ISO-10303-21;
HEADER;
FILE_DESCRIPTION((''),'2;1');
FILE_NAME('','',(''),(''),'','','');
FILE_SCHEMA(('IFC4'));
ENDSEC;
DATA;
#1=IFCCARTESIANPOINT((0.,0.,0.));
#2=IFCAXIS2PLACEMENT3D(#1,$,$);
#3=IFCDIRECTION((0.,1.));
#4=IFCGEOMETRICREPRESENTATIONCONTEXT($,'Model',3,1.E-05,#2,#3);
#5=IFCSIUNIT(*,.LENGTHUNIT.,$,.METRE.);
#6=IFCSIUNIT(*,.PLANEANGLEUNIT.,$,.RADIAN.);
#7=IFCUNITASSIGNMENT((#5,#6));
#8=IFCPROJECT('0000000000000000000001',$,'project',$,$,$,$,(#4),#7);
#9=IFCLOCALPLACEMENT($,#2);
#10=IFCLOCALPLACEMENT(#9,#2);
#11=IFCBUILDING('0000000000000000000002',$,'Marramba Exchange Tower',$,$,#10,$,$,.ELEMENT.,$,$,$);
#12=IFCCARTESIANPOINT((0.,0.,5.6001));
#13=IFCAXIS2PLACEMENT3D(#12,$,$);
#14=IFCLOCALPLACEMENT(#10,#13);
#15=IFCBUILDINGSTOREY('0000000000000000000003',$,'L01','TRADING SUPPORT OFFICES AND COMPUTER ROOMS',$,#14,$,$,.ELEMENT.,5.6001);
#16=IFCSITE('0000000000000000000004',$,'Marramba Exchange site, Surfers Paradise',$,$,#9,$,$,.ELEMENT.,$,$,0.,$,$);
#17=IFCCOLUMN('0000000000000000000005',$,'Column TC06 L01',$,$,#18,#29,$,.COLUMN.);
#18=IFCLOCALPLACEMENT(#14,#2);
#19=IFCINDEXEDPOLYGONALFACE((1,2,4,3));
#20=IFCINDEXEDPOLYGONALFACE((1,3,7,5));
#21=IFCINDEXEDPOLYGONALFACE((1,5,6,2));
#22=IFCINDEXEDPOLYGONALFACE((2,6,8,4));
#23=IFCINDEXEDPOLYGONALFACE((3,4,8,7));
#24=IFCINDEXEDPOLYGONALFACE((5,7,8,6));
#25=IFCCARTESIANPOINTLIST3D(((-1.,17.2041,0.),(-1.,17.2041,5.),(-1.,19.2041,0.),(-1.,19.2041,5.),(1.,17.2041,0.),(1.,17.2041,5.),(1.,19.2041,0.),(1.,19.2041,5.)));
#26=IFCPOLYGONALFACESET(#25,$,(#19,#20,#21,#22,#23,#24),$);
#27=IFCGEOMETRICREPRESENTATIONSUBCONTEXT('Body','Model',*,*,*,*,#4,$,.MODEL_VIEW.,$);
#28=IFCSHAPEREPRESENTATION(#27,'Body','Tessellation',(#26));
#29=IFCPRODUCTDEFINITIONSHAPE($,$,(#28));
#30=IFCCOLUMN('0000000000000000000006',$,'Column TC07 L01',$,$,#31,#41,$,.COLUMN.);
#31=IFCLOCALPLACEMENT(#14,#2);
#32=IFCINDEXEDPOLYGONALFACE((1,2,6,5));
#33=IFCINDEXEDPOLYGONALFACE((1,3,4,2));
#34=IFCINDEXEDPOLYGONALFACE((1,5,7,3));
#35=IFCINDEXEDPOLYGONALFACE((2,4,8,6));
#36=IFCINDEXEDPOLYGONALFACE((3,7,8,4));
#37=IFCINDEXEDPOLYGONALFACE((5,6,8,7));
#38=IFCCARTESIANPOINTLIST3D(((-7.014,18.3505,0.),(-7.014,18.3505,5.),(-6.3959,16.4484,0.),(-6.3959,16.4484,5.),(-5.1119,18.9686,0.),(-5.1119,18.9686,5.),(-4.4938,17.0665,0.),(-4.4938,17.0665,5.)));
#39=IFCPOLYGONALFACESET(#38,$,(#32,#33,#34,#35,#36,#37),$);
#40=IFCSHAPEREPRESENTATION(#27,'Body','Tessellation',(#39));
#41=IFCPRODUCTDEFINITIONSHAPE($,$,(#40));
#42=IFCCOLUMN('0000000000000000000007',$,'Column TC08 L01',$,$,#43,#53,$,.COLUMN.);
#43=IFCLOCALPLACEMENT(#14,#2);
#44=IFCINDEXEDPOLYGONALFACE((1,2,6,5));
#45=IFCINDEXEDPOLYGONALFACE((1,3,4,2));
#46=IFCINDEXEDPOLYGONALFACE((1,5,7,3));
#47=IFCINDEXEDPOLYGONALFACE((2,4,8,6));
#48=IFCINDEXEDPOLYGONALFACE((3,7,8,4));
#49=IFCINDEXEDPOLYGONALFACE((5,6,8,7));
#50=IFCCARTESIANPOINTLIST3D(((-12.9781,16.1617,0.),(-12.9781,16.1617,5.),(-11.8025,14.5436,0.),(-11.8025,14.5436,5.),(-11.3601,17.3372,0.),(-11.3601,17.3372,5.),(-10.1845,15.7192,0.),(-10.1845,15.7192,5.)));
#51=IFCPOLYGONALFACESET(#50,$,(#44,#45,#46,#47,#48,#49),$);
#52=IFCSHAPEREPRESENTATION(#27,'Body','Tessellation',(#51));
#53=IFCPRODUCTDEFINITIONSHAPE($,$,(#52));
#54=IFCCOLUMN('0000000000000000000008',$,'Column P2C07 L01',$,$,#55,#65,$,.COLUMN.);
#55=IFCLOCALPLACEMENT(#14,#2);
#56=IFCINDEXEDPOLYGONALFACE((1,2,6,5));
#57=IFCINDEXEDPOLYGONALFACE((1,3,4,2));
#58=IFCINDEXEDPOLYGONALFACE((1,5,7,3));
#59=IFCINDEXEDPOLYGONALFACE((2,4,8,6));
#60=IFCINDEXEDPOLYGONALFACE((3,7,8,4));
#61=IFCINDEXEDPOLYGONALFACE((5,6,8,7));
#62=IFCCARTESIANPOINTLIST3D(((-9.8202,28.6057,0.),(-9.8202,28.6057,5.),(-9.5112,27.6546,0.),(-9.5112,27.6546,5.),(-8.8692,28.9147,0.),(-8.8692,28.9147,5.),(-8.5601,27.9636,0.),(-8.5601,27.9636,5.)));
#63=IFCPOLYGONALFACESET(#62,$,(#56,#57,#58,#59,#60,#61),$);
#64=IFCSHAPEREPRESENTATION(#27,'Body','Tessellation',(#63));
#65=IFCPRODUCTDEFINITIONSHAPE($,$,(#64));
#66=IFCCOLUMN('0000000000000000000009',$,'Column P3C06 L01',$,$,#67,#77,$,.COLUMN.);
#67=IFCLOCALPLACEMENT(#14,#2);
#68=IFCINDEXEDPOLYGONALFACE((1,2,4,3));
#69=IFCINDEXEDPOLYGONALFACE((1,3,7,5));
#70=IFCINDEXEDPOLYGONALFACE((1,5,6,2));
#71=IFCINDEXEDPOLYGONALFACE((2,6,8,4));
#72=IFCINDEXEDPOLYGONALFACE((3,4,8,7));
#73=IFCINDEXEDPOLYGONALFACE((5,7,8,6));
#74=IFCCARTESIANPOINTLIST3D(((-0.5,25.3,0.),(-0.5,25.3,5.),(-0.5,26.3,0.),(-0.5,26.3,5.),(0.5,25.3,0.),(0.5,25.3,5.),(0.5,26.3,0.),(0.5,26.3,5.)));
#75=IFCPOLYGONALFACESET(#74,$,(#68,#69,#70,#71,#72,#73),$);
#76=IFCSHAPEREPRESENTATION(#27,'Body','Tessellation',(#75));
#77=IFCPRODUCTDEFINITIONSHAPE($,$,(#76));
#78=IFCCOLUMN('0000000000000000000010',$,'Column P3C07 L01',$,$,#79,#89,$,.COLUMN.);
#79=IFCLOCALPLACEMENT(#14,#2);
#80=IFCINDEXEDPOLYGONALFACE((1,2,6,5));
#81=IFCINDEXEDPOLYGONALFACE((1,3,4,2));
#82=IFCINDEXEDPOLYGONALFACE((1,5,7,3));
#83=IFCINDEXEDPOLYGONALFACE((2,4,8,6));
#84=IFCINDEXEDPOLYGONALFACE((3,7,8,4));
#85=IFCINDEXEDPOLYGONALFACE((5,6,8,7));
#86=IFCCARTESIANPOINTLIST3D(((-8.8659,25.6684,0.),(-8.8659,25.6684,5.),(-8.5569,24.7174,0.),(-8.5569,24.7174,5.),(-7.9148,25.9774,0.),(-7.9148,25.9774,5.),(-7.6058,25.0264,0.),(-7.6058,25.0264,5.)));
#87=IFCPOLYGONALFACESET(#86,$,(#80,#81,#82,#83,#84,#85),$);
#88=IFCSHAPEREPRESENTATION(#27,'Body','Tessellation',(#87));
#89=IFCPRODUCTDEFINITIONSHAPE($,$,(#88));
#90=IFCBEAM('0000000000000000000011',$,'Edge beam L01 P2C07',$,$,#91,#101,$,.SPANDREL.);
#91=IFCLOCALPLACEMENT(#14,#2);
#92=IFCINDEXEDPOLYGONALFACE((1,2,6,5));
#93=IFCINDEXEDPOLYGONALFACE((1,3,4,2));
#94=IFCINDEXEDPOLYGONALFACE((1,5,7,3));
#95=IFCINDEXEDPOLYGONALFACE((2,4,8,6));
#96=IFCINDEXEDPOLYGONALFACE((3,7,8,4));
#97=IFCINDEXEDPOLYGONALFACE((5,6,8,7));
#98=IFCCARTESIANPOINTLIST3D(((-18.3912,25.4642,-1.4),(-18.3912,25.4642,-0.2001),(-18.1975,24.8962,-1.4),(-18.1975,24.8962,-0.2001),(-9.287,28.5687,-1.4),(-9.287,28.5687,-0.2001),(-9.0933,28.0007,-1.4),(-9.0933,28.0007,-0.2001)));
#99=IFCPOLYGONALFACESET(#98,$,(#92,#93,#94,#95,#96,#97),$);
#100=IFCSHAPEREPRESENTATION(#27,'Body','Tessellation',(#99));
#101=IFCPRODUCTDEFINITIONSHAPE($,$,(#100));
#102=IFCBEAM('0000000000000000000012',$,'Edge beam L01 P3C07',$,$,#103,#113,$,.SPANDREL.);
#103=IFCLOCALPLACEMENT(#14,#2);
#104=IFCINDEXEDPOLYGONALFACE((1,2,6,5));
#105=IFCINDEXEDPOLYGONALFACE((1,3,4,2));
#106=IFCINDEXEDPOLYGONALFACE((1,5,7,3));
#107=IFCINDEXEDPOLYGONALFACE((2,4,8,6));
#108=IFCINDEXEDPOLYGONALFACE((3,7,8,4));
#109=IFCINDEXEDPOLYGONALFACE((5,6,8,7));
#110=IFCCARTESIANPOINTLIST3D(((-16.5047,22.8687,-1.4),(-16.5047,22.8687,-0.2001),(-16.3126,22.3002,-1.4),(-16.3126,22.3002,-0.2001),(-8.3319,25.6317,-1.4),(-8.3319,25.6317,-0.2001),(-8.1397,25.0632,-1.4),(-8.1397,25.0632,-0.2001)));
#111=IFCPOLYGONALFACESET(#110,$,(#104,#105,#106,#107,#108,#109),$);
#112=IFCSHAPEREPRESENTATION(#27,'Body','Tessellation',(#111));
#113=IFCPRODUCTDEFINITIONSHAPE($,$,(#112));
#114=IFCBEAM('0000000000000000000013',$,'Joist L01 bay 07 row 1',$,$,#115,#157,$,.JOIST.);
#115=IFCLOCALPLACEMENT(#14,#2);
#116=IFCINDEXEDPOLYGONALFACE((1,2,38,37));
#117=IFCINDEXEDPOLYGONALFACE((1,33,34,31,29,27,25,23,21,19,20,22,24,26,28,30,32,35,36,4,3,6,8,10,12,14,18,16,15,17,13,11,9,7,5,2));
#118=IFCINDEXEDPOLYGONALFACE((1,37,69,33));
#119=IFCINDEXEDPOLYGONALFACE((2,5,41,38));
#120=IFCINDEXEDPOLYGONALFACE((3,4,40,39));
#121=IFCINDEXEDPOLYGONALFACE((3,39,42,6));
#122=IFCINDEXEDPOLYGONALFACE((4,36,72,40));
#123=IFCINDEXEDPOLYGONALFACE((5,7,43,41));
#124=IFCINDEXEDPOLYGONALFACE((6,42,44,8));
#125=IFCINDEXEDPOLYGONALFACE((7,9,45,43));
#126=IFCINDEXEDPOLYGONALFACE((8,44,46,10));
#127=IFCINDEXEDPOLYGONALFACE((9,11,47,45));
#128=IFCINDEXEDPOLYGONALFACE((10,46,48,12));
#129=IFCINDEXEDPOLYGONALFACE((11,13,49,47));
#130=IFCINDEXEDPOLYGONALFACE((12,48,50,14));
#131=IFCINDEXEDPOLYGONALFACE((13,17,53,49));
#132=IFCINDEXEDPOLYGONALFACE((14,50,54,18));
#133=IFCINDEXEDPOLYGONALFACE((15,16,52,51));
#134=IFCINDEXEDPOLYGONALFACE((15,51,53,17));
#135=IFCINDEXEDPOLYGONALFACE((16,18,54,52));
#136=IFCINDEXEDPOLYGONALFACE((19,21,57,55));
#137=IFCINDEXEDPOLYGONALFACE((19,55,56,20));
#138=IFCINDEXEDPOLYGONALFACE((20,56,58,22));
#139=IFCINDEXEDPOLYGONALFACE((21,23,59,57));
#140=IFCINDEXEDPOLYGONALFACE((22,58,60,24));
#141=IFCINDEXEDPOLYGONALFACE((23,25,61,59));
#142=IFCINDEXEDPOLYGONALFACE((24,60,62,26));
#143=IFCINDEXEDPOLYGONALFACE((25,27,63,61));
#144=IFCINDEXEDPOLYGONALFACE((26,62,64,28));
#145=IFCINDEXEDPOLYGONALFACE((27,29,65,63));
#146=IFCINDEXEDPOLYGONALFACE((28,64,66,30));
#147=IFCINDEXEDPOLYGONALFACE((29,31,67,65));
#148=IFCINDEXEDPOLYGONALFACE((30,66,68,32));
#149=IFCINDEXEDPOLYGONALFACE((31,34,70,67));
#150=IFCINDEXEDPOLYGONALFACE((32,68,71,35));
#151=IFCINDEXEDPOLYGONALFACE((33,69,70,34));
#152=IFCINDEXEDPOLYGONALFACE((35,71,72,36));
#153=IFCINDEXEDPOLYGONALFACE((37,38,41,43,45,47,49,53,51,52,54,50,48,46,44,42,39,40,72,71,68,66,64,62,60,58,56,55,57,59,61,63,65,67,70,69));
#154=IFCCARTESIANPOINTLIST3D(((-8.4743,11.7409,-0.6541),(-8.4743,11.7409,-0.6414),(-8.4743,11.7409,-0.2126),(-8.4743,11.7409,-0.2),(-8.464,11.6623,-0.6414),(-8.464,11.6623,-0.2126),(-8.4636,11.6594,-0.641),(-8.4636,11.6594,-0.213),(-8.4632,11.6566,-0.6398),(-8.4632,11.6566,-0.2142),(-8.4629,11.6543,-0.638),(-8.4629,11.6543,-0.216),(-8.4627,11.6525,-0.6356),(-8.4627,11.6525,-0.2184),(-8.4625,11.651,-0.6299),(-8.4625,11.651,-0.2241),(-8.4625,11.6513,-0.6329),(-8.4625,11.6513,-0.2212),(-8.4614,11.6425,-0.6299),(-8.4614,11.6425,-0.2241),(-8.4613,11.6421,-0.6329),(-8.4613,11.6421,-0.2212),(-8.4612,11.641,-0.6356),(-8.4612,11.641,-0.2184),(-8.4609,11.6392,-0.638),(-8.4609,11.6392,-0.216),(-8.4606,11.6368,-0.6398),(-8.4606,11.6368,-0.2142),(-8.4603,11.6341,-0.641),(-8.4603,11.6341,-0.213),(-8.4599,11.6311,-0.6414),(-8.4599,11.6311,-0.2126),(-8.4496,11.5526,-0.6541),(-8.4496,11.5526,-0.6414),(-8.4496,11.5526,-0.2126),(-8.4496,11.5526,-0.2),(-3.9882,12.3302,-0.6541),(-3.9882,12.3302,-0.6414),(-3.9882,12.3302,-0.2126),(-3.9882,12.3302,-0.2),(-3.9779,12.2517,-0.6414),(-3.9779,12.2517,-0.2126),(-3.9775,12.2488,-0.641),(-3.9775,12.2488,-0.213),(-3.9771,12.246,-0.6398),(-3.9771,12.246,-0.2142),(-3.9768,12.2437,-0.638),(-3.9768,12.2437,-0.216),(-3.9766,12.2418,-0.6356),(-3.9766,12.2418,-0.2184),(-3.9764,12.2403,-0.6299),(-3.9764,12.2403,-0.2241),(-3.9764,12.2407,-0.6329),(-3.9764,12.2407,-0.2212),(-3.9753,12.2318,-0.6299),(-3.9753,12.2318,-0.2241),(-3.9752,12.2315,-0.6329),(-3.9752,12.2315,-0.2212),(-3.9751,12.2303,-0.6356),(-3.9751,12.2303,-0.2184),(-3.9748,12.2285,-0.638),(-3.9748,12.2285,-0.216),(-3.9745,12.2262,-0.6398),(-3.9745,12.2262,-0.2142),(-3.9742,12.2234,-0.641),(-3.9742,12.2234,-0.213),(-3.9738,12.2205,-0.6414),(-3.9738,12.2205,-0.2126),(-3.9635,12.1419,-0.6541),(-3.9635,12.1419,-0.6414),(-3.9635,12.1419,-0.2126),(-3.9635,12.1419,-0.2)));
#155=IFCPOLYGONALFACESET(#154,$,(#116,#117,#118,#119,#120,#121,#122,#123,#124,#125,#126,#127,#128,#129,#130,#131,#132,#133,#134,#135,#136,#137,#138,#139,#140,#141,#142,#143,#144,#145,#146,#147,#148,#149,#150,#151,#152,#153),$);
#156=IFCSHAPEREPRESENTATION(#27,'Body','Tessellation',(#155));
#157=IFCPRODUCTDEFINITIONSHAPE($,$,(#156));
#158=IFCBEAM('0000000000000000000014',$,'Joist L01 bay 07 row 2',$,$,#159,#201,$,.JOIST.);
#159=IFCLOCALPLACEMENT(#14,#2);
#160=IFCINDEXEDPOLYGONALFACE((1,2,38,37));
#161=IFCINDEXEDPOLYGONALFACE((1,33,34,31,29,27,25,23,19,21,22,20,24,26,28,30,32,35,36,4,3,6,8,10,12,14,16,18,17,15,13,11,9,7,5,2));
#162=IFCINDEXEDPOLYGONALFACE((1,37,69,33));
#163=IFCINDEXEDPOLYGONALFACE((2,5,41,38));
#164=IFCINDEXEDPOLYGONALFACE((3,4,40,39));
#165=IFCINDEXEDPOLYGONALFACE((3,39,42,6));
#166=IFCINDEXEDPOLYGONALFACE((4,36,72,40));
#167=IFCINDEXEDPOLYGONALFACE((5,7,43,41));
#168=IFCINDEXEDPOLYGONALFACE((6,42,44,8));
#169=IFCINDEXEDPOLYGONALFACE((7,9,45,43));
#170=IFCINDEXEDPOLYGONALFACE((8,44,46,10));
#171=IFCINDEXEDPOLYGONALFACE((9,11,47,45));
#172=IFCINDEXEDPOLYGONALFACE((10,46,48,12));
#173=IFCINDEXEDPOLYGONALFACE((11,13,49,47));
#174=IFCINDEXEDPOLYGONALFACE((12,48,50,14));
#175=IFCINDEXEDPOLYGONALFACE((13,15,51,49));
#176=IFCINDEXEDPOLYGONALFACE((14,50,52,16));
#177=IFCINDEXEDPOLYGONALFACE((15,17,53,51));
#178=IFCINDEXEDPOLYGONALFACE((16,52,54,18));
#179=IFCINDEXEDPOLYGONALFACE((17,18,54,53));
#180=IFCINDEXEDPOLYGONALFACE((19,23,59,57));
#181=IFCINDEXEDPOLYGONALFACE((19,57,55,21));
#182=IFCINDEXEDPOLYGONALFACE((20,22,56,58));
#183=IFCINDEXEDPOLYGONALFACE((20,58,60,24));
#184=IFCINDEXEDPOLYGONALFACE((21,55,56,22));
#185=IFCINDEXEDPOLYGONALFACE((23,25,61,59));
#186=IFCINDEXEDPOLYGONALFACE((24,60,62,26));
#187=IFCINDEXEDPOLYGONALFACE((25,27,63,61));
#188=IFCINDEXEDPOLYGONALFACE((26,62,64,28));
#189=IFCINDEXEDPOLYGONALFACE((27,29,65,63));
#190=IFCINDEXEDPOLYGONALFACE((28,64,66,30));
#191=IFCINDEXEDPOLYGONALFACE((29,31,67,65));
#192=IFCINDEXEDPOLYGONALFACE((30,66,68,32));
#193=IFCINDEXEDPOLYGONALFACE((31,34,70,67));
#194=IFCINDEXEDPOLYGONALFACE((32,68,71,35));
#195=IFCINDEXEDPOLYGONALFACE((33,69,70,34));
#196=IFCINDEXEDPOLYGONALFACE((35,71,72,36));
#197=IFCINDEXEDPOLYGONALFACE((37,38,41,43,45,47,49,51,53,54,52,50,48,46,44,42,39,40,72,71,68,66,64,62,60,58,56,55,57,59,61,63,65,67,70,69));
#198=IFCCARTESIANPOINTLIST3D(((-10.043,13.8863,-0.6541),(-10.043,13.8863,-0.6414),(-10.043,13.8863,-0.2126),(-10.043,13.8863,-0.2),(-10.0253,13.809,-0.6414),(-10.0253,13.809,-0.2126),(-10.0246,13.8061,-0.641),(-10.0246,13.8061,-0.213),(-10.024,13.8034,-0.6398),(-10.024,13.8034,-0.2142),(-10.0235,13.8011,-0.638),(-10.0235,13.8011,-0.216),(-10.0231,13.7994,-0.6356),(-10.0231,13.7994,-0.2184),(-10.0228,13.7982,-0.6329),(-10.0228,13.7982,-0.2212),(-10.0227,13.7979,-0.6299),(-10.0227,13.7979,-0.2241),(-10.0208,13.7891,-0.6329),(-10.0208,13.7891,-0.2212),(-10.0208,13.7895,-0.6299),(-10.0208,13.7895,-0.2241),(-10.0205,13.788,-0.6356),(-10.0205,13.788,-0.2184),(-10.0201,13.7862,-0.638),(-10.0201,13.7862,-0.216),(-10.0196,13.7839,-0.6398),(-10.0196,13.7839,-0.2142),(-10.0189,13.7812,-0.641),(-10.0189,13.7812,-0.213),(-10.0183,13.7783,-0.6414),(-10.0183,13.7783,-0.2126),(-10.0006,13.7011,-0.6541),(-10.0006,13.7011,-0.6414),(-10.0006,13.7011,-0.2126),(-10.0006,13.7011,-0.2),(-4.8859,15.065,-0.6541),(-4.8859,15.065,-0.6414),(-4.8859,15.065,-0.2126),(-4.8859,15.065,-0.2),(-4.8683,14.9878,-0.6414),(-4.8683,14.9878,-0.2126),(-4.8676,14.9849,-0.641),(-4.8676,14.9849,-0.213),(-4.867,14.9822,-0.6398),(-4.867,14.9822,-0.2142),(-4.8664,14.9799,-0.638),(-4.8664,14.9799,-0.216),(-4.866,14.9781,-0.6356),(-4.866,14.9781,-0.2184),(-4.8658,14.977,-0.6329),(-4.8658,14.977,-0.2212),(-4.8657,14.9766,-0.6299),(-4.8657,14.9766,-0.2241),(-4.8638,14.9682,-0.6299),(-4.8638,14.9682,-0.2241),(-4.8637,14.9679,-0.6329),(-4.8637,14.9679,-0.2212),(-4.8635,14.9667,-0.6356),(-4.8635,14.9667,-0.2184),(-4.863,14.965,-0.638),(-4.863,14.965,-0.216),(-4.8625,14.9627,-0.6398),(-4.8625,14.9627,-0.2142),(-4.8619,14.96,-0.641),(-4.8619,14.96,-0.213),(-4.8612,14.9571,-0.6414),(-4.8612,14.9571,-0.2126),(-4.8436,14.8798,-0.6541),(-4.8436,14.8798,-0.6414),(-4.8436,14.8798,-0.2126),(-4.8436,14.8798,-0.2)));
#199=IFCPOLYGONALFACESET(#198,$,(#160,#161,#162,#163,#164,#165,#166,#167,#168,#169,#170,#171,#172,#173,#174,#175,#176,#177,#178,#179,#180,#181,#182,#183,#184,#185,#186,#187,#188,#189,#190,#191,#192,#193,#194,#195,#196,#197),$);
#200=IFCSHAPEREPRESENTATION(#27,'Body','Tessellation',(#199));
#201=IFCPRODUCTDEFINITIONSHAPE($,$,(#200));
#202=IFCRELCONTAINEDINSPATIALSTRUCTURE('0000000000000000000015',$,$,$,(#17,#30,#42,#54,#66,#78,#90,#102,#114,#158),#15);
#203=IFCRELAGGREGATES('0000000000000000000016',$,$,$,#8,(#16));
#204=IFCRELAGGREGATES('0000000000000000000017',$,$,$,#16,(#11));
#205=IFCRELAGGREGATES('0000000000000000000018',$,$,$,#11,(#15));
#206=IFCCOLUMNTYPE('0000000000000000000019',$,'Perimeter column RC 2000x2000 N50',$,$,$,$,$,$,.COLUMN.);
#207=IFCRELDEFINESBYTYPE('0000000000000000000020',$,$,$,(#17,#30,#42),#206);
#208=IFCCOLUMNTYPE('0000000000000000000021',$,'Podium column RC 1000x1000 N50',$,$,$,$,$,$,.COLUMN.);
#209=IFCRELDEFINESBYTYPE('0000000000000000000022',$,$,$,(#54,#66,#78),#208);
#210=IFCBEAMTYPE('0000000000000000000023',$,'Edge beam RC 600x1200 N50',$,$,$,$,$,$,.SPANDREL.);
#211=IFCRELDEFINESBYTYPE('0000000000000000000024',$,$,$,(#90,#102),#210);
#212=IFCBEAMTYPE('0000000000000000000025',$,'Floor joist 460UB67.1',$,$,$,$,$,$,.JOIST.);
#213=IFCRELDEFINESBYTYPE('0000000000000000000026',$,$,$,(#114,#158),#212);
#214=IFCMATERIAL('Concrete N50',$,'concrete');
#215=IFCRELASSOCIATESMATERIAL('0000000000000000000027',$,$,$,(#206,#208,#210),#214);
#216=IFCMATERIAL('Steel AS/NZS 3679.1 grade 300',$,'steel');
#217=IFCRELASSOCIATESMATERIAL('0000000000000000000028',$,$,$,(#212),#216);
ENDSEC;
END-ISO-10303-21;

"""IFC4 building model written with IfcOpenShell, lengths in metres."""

from ifc_helpers import new_model, si_unit, direction, frame, origin, origin_2d, place, context, subcontext, project, spatial, rectangle, i_section, extrude, material, material_profile, profile_set, type_object, element, save


model = new_model("IFC4")

# Units and contexts
model_context = context("Model", 3, precision=1e-05, world=origin(), true_north=direction((0.0, 1.0)))
body_context = subcontext(model_context, "Body", "Model", "MODEL_VIEW")
ifc_project = project(units=[si_unit("LENGTHUNIT", "METRE"), si_unit("PLANEANGLEUNIT", "RADIAN")], contexts=[model_context])

# Site, building, storey
site_placement = place(None, origin())
site = spatial("IfcSite", under=ifc_project, at=site_placement, Name="Marramba Exchange site, Surfers Paradise", CompositionType="ELEMENT", RefElevation=0.0)
building_placement = place(site_placement, origin())
building = spatial("IfcBuilding", under=site, at=building_placement, Name="Marramba Exchange Tower", CompositionType="ELEMENT")
storey_placement = place(building_placement, frame((0.0, 0.0, 5.6001)))
storey = spatial("IfcBuildingStorey", under=building, at=storey_placement, Name="L01", Description="TRADING SUPPORT OFFICES AND COMPUTER ROOMS", CompositionType="ELEMENT", Elevation=5.6001)

# Columns
ifc_material_1 = material(Name="Concrete N50", Category="concrete")
ifc_material_profile_1 = material_profile(ifc_material_1, rectangle(XDim=2.0, YDim=2.0, at=origin_2d()), Name="RC 2000x2000")
ifc_profile_set_1 = profile_set([ifc_material_profile_1], Name="Concrete N50")
column_type_1 = type_object("IfcColumnType", Name="Perimeter column RC 2000x2000 N50", PredefinedType="COLUMN", material=ifc_profile_set_1)
for number, where, z_axis, x_axis, name in (
    (1, (0.0, 18.2041, 0.0), (0.0, 0.0, 1.0), (0.0, 1.0, 0.0), "Column TC06 L01"),
    (2, (-5.7539, 17.7085, 0.0), (0.0, 0.0, 1.0), (-0.309017, 0.951057, 0.0), "Column TC07 L01"),
    (3, (-11.5813, 15.9404, 0.0), (0.0, 0.0, 1.0), (-0.587785, 0.809017, 0.0), "Column TC08 L01"),
):
    element("IfcColumn", number, at=place(storey_placement, frame(where, z_axis=z_axis, x_axis=x_axis)), inside=storey, type_object=column_type_1, Name=name, PredefinedType="COLUMN", context=body_context, shape_type="SweptSolid", body=[
        extrude(rectangle(XDim=2.0, YDim=2.0, at=origin_2d()), origin(), (0.0, 0.0, 1.0), 5.0),
    ])
ifc_material_profile_2 = material_profile(ifc_material_1, rectangle(XDim=1.0, YDim=1.0, at=origin_2d()), Name="RC 1000x1000")
ifc_profile_set_2 = profile_set([ifc_material_profile_2], Name="Concrete N50")
column_type_2 = type_object("IfcColumnType", Name="Podium column RC 1000x1000 N50", PredefinedType="COLUMN", material=ifc_profile_set_2)
for number, where, z_axis, x_axis, name in (
    (4, (-9.1902, 28.2847, 0.0), (0.0, 0.0, 1.0), (-0.309017, 0.951057, 0.0), "Column P2C07 L01"),
    (5, (0.0, 25.8, 0.0), (0.0, 0.0, 1.0), (0.0, 1.0, 0.0), "Column P3C06 L01"),
    (6, (-8.2358, 25.3474, 0.0), (0.0, 0.0, 1.0), (-0.309017, 0.951057, 0.0), "Column P3C07 L01"),
):
    element("IfcColumn", number, at=place(storey_placement, frame(where, z_axis=z_axis, x_axis=x_axis)), inside=storey, type_object=column_type_2, Name=name, PredefinedType="COLUMN", context=body_context, shape_type="SweptSolid", body=[
        extrude(rectangle(XDim=1.0, YDim=1.0, at=origin_2d()), origin(), (0.0, 0.0, 1.0), 5.0),
    ])

# Beams
ifc_material_profile_3 = material_profile(ifc_material_1, rectangle(XDim=0.6001, YDim=1.2, at=origin_2d()), Name="RC 600x1200")
ifc_profile_set_3 = profile_set([ifc_material_profile_3], Name="Concrete N50")
beam_type_1 = type_object("IfcBeamType", Name="Edge beam RC 600x1200 N50", PredefinedType="SPANDREL", material=ifc_profile_set_3)
beam_1_placement = place(storey_placement, frame((-9.1902, 28.2847, -0.8), z_axis=(-0.946486, -0.322746, 0.0), x_axis=(0.322746, -0.946486, 0.0)))
element("IfcBeam", 7, at=beam_1_placement, inside=storey, type_object=beam_type_1, Name="Edge beam L01 P2C07", PredefinedType="SPANDREL", context=body_context, shape_type="SweptSolid", body=[
    extrude(rectangle(XDim=0.6001, YDim=1.2, at=origin_2d()), origin(), (0.0, 0.0, 1.0), 9.6189),
])
beam_2_placement = place(storey_placement, frame((-8.2358, 25.3474, -0.8), z_axis=(-0.947331, -0.320257, 0.0), x_axis=(0.320257, -0.947331, 0.0)))
element("IfcBeam", 8, at=beam_2_placement, inside=storey, type_object=beam_type_1, Name="Edge beam L01 P3C07", PredefinedType="SPANDREL", context=body_context, shape_type="SweptSolid", body=[
    extrude(rectangle(XDim=0.6001, YDim=1.2, at=origin_2d()), origin(), (0.0, 0.0, 1.0), 8.6272),
])
ifc_material_2 = material(Name="Steel AS/NZS 3679.1 grade 300", Category="steel")
ifc_material_profile_4 = material_profile(ifc_material_2, i_section(OverallWidth=0.1899, OverallDepth=0.4541, WebThickness=0.0085, FlangeThickness=0.0127, FilletRadius=0.0115, at=origin_2d()), Name="460UB67.1")
ifc_profile_set_4 = profile_set([ifc_material_profile_4], Name="Steel AS/NZS 3679.1 grade 300")
beam_type_2 = type_object("IfcBeamType", Name="Floor joist 460UB67.1", PredefinedType="JOIST", material=ifc_profile_set_4)
beam_3_placement = place(storey_placement, frame((-3.9758, 12.2361, -0.427), z_axis=(-0.991481, -0.130255, 0.0), x_axis=(0.130255, -0.991481, 0.0)))
element("IfcBeam", 9, at=beam_3_placement, inside=storey, type_object=beam_type_2, Name="Joist L01 bay 07 row 1", PredefinedType="JOIST", context=body_context, shape_type="SweptSolid", body=[
    extrude(i_section(OverallWidth=0.1899, OverallDepth=0.4541, WebThickness=0.0085, FlangeThickness=0.0127, FilletRadius=0.0115, at=origin_2d()), origin(), (0.0, 0.0, 1.0), 4.5247),
])
beam_4_placement = place(storey_placement, frame((-4.8647, 14.9724, -0.427), z_axis=(-0.97486, -0.22282, 0.0), x_axis=(0.22282, -0.97486, 0.0)))
element("IfcBeam", 10, at=beam_4_placement, inside=storey, type_object=beam_type_2, Name="Joist L01 bay 07 row 2", PredefinedType="JOIST", context=body_context, shape_type="SweptSolid", body=[
    extrude(i_section(OverallWidth=0.1899, OverallDepth=0.4541, WebThickness=0.0085, FlangeThickness=0.0127, FilletRadius=0.0115, at=origin_2d()), origin(), (0.0, 0.0, 1.0), 5.29),
])

save(model, "model.ifc")
